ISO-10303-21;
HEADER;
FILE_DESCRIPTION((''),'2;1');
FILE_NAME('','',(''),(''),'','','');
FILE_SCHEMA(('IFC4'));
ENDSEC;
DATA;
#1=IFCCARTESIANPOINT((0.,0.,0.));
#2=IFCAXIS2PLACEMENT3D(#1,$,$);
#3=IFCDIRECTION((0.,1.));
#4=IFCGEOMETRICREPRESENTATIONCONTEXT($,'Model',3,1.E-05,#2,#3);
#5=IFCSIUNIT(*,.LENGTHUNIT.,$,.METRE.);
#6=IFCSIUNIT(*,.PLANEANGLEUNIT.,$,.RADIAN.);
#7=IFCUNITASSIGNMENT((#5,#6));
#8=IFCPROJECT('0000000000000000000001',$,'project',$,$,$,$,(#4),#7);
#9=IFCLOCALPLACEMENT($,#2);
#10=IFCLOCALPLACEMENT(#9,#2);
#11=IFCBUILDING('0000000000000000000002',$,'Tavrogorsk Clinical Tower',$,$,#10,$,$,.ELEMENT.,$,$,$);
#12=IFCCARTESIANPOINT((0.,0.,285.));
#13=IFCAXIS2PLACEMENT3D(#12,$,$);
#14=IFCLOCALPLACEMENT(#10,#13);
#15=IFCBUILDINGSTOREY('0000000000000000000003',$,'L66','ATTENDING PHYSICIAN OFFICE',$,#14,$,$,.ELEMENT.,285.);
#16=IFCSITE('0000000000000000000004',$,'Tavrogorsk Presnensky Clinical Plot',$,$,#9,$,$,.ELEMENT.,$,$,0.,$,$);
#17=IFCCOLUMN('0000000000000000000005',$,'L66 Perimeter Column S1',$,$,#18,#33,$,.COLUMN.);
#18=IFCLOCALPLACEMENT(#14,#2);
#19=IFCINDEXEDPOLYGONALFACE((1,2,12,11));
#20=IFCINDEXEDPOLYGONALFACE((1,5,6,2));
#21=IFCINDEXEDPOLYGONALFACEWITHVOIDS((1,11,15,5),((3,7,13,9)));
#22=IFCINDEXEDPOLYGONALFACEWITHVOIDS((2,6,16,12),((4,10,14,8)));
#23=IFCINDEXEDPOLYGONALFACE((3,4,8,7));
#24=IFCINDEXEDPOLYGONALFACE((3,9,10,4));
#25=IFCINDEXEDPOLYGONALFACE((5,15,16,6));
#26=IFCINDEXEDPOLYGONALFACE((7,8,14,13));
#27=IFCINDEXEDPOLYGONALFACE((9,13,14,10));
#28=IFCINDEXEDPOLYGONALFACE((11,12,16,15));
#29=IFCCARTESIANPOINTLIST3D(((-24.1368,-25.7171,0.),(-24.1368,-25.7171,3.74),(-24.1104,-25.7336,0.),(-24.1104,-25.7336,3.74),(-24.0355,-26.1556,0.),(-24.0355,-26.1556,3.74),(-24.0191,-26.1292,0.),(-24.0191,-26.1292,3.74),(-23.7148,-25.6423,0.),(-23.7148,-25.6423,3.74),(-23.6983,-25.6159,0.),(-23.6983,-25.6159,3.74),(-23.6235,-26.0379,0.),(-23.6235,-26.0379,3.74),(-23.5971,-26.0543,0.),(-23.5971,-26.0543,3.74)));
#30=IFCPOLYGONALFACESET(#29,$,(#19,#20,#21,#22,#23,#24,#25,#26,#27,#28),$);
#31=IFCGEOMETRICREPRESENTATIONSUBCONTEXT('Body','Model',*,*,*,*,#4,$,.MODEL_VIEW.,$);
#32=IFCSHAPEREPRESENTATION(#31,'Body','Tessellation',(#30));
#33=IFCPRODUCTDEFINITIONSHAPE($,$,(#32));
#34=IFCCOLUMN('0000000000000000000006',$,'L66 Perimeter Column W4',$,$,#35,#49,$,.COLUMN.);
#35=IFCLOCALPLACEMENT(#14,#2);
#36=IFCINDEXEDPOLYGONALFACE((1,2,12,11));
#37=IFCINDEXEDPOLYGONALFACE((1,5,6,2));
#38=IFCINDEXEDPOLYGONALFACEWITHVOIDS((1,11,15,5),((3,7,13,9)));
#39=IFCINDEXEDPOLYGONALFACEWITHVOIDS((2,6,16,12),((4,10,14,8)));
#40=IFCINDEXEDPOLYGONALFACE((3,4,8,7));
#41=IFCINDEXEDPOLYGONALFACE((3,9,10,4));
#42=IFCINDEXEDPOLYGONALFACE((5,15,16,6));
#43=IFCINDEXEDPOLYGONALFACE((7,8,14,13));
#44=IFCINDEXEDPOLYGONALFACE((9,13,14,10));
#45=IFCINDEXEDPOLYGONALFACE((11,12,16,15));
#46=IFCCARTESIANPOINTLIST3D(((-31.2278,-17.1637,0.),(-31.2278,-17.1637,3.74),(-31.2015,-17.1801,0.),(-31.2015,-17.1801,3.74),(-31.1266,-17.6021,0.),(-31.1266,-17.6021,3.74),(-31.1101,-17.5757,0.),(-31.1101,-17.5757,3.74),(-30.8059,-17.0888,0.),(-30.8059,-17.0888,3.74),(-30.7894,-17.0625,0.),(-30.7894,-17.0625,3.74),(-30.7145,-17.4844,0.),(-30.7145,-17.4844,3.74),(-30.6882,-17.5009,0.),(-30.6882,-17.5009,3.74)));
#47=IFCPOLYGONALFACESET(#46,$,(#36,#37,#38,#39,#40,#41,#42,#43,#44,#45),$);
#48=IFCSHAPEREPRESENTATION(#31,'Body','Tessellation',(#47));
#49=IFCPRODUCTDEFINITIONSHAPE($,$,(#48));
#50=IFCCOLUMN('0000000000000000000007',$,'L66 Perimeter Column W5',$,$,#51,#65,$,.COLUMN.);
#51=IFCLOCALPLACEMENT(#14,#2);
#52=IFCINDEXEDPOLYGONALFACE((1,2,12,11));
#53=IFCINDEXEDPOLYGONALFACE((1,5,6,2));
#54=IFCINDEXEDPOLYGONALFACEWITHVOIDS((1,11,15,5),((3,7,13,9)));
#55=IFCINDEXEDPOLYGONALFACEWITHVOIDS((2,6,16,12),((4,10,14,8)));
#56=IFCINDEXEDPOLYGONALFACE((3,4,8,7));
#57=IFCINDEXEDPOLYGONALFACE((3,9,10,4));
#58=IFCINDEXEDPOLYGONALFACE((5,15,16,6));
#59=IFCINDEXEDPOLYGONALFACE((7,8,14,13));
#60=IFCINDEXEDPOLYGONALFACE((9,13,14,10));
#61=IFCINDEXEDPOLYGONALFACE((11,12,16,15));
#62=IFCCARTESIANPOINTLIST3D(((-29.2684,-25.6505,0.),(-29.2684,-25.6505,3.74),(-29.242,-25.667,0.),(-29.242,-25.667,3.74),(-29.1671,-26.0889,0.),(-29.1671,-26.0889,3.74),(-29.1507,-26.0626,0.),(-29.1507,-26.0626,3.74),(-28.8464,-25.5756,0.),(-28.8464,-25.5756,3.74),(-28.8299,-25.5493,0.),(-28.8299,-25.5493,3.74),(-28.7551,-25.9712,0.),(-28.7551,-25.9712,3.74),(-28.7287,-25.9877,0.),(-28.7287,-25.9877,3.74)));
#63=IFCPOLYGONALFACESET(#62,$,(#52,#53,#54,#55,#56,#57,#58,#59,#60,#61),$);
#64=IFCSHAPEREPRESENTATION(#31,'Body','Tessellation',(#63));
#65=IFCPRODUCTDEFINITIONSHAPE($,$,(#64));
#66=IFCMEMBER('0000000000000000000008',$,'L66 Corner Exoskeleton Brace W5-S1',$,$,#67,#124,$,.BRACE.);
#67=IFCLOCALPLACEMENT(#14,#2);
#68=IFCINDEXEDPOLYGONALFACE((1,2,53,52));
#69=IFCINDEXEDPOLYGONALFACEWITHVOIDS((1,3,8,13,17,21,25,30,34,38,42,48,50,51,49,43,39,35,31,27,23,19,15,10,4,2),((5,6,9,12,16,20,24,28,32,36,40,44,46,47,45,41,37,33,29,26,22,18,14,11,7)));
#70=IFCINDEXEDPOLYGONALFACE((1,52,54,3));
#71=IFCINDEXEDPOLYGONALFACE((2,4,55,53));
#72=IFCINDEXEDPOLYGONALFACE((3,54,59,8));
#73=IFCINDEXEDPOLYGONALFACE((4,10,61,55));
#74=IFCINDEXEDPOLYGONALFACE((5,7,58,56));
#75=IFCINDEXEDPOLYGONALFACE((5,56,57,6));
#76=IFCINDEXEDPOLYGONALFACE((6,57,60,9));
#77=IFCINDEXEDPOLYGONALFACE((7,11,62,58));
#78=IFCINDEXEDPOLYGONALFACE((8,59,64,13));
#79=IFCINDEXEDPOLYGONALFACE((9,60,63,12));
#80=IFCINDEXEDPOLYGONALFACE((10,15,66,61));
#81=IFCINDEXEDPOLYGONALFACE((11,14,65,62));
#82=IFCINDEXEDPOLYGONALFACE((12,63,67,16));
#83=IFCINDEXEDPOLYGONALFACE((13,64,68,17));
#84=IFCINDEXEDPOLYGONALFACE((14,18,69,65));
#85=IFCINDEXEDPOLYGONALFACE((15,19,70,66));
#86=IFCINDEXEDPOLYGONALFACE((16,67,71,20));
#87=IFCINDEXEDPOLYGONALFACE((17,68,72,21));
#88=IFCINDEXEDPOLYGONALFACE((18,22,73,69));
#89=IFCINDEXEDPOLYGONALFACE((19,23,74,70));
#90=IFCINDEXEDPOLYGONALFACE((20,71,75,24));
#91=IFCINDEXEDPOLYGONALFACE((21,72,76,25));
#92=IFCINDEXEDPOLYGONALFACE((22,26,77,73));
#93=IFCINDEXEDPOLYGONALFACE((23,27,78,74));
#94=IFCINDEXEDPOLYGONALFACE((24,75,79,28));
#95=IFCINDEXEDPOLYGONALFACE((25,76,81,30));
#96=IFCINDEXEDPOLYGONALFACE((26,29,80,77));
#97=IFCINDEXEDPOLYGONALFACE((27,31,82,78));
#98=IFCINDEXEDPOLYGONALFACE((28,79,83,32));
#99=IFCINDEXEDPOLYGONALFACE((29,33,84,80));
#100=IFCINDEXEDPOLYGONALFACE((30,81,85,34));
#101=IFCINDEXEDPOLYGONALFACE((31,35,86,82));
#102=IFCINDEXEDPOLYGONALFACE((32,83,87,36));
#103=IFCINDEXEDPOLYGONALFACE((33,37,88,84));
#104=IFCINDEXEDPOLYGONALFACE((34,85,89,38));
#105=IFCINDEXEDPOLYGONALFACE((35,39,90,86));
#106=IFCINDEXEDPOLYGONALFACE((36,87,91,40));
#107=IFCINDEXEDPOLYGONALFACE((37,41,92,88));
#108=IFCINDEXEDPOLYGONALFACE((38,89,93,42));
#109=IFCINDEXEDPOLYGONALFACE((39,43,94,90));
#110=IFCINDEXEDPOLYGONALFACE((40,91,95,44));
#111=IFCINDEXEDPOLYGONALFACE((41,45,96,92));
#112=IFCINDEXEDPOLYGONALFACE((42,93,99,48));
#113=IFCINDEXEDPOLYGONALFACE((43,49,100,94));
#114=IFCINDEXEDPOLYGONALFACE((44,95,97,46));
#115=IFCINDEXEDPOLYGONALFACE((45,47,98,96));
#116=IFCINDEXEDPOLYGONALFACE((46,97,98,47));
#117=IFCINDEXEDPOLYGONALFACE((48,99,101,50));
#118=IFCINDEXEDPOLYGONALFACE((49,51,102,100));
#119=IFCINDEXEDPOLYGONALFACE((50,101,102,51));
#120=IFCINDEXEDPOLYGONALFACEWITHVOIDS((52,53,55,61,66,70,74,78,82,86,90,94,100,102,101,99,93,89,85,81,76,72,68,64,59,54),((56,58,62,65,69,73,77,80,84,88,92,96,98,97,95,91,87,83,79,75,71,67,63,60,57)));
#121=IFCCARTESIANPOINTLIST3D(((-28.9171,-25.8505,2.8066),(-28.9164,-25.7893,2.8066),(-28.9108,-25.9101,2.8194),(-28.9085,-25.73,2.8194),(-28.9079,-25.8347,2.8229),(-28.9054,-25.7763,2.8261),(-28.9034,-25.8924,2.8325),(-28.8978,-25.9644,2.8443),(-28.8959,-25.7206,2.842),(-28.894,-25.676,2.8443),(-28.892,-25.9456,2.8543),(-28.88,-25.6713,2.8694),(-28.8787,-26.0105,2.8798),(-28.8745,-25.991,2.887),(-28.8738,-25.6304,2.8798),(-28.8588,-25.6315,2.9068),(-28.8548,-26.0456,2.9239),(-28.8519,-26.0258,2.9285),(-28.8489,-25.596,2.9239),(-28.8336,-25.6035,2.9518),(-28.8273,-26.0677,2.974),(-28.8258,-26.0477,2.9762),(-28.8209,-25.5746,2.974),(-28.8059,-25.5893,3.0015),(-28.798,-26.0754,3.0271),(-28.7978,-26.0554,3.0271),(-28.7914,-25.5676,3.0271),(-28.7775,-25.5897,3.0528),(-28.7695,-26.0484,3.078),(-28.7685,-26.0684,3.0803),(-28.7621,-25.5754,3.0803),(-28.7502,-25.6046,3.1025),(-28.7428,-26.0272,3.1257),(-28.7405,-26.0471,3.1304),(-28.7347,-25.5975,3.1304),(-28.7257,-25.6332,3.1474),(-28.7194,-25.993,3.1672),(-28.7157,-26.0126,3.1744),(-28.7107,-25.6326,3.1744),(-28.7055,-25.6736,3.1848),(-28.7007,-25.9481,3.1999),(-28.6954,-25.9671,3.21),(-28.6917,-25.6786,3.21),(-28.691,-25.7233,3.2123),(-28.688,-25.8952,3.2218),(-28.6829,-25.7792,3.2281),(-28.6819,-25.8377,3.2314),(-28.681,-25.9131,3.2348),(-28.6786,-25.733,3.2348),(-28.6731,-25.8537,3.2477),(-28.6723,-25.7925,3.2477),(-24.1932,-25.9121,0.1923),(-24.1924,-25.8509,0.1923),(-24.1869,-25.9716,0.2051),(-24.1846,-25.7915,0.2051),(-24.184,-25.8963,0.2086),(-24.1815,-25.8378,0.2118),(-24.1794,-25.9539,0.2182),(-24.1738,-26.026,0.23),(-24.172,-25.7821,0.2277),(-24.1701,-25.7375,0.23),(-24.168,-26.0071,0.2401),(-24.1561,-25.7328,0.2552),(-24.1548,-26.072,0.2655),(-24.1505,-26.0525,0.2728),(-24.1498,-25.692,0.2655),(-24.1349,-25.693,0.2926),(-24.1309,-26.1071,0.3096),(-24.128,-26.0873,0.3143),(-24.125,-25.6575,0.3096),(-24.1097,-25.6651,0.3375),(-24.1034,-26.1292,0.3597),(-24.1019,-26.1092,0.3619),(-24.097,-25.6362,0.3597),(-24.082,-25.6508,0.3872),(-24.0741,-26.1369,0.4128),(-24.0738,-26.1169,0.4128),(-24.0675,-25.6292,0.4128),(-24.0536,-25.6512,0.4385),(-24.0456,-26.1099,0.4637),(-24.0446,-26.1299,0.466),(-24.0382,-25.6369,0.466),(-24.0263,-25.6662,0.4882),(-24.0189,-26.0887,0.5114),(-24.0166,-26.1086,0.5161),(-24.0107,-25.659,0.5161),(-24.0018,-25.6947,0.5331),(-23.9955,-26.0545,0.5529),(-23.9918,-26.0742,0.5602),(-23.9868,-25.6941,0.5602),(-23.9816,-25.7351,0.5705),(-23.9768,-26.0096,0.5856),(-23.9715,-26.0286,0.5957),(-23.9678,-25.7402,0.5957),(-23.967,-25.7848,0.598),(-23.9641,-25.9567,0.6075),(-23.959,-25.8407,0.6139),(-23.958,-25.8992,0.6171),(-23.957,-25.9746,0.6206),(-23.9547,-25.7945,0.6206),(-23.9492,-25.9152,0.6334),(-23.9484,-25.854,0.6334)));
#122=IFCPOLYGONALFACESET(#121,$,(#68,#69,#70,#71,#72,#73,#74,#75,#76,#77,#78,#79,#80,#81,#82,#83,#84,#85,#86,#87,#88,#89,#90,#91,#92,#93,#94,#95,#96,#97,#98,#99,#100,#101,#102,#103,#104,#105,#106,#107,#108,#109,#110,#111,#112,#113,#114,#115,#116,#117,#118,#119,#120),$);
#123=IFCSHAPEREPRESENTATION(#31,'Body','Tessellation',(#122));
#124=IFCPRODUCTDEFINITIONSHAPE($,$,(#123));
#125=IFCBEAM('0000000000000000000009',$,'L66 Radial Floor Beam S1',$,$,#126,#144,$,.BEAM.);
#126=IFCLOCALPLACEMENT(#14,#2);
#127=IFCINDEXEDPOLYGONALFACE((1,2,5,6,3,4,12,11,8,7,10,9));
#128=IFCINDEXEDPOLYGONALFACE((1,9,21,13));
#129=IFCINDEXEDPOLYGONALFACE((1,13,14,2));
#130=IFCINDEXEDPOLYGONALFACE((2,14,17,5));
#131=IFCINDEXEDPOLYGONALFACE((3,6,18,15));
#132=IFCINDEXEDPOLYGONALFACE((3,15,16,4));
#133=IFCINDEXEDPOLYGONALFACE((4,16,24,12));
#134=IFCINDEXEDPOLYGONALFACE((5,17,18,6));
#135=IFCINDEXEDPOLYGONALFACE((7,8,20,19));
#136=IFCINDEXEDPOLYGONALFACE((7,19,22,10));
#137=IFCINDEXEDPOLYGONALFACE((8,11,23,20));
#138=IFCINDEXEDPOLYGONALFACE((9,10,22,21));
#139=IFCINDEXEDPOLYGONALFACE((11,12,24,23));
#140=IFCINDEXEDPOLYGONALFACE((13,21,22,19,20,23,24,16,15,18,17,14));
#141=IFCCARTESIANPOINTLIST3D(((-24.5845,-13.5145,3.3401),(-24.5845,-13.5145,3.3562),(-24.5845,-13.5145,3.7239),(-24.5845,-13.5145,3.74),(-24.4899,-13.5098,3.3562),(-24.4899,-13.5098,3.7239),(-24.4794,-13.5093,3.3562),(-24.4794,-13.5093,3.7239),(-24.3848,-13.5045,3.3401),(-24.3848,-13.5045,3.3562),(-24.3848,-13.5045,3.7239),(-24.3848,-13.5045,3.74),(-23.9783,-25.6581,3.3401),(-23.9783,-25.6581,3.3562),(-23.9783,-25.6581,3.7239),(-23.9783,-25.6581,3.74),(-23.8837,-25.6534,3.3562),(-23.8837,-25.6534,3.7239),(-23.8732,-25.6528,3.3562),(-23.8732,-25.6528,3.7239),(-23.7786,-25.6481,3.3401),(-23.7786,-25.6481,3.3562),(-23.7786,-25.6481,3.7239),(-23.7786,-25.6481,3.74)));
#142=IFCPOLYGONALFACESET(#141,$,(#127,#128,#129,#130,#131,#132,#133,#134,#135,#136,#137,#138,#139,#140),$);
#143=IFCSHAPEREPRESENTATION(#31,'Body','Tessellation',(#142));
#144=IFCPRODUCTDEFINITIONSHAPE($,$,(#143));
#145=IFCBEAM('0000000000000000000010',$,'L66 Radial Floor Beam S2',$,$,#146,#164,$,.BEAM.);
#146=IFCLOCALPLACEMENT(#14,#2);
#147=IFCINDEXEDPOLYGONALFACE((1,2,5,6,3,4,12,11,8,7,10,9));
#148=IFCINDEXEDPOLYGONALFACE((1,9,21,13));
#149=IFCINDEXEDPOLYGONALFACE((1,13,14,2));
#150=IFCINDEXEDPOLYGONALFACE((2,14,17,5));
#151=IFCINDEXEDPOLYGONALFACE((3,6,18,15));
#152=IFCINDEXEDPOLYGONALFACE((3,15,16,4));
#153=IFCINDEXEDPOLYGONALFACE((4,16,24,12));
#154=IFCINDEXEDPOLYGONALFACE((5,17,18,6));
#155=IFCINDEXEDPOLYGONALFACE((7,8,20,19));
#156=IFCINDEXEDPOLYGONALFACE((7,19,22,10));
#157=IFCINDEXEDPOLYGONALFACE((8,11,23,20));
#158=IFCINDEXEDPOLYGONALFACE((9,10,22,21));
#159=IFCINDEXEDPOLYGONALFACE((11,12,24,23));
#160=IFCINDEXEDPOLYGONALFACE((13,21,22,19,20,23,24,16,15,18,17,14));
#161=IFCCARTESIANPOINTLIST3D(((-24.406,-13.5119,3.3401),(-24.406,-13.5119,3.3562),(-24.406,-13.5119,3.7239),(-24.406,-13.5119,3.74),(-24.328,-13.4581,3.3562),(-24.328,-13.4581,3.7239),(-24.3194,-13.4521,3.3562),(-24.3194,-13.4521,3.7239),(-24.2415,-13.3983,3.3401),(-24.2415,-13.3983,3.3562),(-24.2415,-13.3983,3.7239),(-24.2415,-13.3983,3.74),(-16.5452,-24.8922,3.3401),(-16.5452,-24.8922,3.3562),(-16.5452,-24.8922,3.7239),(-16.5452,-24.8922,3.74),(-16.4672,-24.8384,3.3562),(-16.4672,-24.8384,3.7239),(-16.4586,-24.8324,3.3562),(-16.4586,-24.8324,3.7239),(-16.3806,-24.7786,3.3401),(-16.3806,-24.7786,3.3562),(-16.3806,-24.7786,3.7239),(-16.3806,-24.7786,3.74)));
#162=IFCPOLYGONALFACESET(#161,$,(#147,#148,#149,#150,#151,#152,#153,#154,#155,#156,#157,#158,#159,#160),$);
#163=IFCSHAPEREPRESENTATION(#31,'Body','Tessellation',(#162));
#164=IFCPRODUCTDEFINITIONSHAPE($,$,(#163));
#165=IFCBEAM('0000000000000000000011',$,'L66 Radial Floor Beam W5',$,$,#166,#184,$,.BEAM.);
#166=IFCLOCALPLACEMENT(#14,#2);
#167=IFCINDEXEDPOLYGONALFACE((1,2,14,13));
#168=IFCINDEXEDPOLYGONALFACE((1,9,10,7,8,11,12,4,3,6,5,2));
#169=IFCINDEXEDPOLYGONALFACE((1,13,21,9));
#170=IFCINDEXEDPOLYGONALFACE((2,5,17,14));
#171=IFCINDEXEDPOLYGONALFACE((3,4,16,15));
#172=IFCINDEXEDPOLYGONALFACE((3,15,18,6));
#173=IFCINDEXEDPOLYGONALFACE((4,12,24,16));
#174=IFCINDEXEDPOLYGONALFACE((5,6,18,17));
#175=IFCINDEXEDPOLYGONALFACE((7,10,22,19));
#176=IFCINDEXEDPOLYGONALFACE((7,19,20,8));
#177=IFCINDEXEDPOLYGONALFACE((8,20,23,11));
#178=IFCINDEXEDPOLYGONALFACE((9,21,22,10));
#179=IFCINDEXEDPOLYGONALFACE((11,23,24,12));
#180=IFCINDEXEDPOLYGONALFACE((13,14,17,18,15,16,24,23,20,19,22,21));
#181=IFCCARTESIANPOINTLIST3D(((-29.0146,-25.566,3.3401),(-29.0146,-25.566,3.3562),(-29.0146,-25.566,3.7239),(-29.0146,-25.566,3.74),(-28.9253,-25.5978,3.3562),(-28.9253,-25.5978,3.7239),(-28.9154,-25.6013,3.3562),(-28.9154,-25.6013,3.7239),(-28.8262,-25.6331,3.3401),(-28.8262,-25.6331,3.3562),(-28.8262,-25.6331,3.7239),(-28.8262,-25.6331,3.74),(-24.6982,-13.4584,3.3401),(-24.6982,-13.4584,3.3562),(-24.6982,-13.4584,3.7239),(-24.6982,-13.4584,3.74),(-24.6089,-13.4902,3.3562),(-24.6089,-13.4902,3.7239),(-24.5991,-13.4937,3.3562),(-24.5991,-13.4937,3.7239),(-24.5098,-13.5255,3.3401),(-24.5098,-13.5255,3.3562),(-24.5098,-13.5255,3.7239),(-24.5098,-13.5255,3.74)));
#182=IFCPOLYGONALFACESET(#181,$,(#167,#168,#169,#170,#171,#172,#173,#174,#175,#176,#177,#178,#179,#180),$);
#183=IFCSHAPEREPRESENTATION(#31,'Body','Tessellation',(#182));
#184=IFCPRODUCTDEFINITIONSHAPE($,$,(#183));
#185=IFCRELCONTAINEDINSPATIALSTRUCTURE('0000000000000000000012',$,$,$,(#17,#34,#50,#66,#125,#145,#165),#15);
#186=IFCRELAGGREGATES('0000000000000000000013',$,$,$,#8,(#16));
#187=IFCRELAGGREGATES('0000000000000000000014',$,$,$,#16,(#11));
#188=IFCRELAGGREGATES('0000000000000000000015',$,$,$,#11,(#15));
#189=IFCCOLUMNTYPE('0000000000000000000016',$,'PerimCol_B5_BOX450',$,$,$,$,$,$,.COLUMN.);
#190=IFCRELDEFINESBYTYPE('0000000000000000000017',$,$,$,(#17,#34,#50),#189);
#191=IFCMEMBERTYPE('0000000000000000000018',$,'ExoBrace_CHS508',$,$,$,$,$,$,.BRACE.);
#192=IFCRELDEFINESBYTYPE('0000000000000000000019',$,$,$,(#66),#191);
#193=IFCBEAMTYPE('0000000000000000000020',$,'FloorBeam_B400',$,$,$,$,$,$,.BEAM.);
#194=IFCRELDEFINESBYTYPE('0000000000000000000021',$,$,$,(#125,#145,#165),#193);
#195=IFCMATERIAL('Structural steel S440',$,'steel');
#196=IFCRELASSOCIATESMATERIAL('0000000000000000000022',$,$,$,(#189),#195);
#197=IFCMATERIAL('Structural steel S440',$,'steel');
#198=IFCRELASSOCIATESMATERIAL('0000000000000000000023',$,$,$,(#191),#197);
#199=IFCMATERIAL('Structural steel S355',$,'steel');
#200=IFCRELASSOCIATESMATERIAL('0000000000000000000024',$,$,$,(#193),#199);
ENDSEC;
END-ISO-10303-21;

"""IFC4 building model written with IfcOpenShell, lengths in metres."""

from ifc_helpers import new_model, si_unit, direction, frame, origin, origin_2d, place, context, subcontext, project, spatial, hollow_rectangle, hollow_circle, i_section, extrude, material, material_profile, profile_set, type_object, element, save


model = new_model("IFC4")

# Units and contexts
model_context = context("Model", 3, precision=1e-05, world=origin(), true_north=direction((0.0, 1.0)))
body_context = subcontext(model_context, "Body", "Model", "MODEL_VIEW")
ifc_project = project(units=[si_unit("LENGTHUNIT", "METRE"), si_unit("PLANEANGLEUNIT", "RADIAN")], contexts=[model_context])

# Site, building, storey
site_placement = place(None, origin())
site = spatial("IfcSite", under=ifc_project, at=site_placement, Name="Tavrogorsk Presnensky Clinical Plot", CompositionType="ELEMENT", RefElevation=0.0)
building_placement = place(site_placement, origin())
building = spatial("IfcBuilding", under=site, at=building_placement, Name="Tavrogorsk Clinical Tower", CompositionType="ELEMENT")
storey_placement = place(building_placement, frame((0.0, 0.0, 285.0)))
storey = spatial("IfcBuildingStorey", under=building, at=storey_placement, Name="L66", Description="ATTENDING PHYSICIAN OFFICE", CompositionType="ELEMENT", Elevation=285.0)

# Columns
ifc_material_1 = material(Name="Structural steel S440", Category="steel")
ifc_material_profile_1 = material_profile(ifc_material_1, hollow_rectangle(XDim=0.45, YDim=0.45, WallThickness=0.022, at=origin_2d()), Name="BOX-450x450x22")
ifc_profile_set_1 = profile_set([ifc_material_profile_1], Name="Structural steel S440")
column_type = type_object("IfcColumnType", Name="PerimCol_B5_BOX450", PredefinedType="COLUMN", material=ifc_profile_set_1)
for number, where, z_axis, x_axis, name in (
    (1, (-23.8669, -25.8857, 0.0), (0.0, 0.0, 1.0), (0.97437, 0.224951, 0.0), "L66 Perimeter Column S1"),
    (2, (-30.958, -17.3323, 0.0), (0.0, 0.0, 1.0), (0.97437, 0.224951, 0.0), "L66 Perimeter Column W4"),
    (3, (-28.9985, -25.8191, 0.0), (0.0, 0.0, 1.0), (0.97437, 0.224951, 0.0), "L66 Perimeter Column W5"),
):
    element("IfcColumn", number, at=place(storey_placement, frame(where, z_axis=z_axis, x_axis=x_axis)), inside=storey, type_object=column_type, Name=name, PredefinedType="COLUMN", context=body_context, shape_type="SweptSolid", body=[
        extrude(hollow_rectangle(XDim=0.45, YDim=0.45, WallThickness=0.022, at=origin_2d()), origin(), (0.0, 0.0, 1.0), 3.74),
    ])

# Member
ifc_material_2 = material(Name="Structural steel S440", Category="steel")
ifc_material_profile_2 = material_profile(ifc_material_2, hollow_circle(Radius=0.2539, WallThickness=0.02, at=origin_2d()), Name="CHS-508x20")
ifc_profile_set_2 = profile_set([ifc_material_profile_2], Name="Structural steel S440")
member_type_1 = type_object("IfcMemberType", Name="ExoBrace_CHS508", PredefinedType="BRACE", material=ifc_profile_set_2)
member_placement = place(storey_placement, frame((-24.0708, -25.8831, 0.4128), z_axis=(-0.874895, 0.011395, 0.484179), x_axis=(-0.013023, -0.999915, 0.0)))
element("IfcMember", 4, at=member_placement, inside=storey, type_object=member_type_1, Name="L66 Corner Exoskeleton Brace W5-S1", PredefinedType="BRACE", context=body_context, shape_type="SweptSolid", body=[
    extrude(hollow_circle(Radius=0.2539, WallThickness=0.02, at=origin_2d()), origin(), (0.0, 0.0, 1.0), 5.3994),
])

# Beams
ifc_material_3 = material(Name="Structural steel S355", Category="steel")
ifc_material_profile_3 = material_profile(ifc_material_3, i_section(OverallWidth=0.2, OverallDepth=0.3999, WebThickness=0.0105, FlangeThickness=0.0161, at=origin_2d()), Name="B-400x200x10.5x16")
ifc_profile_set_3 = profile_set([ifc_material_profile_3], Name="Structural steel S355")
beam_type_1 = type_object("IfcBeamType", Name="FloorBeam_B400", PredefinedType="BEAM", material=ifc_profile_set_3)
beam_1_placement = place(storey_placement, frame((-24.4846, -13.5095, 3.54), z_axis=(0.049857, -0.998756, 0.0), x_axis=(0.998756, 0.049857, 0.0)))
element("IfcBeam", 5, at=beam_1_placement, inside=storey, type_object=beam_type_1, Name="L66 Radial Floor Beam S1", PredefinedType="BEAM", context=body_context, shape_type="SweptSolid", body=[
    extrude(i_section(OverallWidth=0.2, OverallDepth=0.3999, WebThickness=0.0105, FlangeThickness=0.0161, at=origin_2d()), origin(), (0.0, 0.0, 1.0), 12.1587),
])
beam_2_placement = place(storey_placement, frame((-24.3237, -13.4551, 3.54), z_axis=(0.568336, -0.822797, 0.0), x_axis=(0.822797, 0.568336, 0.0)))
element("IfcBeam", 6, at=beam_2_placement, inside=storey, type_object=beam_type_1, Name="L66 Radial Floor Beam S2", PredefinedType="BEAM", context=body_context, shape_type="SweptSolid", body=[
    extrude(i_section(OverallWidth=0.2, OverallDepth=0.3999, WebThickness=0.0105, FlangeThickness=0.0161, at=origin_2d()), origin(), (0.0, 0.0, 1.0), 13.8313),
])
beam_3_placement = place(storey_placement, frame((-24.604, -13.4919, 3.54), z_axis=(-0.335801, -0.941933, 0.0), x_axis=(0.941933, -0.335801, 0.0)))
element("IfcBeam", 7, at=beam_3_placement, inside=storey, type_object=beam_type_1, Name="L66 Radial Floor Beam W5", PredefinedType="BEAM", context=body_context, shape_type="SweptSolid", body=[
    extrude(i_section(OverallWidth=0.2, OverallDepth=0.3999, WebThickness=0.0105, FlangeThickness=0.0161, at=origin_2d()), origin(), (0.0, 0.0, 1.0), 12.854),
])

save(model, "model.ifc")
